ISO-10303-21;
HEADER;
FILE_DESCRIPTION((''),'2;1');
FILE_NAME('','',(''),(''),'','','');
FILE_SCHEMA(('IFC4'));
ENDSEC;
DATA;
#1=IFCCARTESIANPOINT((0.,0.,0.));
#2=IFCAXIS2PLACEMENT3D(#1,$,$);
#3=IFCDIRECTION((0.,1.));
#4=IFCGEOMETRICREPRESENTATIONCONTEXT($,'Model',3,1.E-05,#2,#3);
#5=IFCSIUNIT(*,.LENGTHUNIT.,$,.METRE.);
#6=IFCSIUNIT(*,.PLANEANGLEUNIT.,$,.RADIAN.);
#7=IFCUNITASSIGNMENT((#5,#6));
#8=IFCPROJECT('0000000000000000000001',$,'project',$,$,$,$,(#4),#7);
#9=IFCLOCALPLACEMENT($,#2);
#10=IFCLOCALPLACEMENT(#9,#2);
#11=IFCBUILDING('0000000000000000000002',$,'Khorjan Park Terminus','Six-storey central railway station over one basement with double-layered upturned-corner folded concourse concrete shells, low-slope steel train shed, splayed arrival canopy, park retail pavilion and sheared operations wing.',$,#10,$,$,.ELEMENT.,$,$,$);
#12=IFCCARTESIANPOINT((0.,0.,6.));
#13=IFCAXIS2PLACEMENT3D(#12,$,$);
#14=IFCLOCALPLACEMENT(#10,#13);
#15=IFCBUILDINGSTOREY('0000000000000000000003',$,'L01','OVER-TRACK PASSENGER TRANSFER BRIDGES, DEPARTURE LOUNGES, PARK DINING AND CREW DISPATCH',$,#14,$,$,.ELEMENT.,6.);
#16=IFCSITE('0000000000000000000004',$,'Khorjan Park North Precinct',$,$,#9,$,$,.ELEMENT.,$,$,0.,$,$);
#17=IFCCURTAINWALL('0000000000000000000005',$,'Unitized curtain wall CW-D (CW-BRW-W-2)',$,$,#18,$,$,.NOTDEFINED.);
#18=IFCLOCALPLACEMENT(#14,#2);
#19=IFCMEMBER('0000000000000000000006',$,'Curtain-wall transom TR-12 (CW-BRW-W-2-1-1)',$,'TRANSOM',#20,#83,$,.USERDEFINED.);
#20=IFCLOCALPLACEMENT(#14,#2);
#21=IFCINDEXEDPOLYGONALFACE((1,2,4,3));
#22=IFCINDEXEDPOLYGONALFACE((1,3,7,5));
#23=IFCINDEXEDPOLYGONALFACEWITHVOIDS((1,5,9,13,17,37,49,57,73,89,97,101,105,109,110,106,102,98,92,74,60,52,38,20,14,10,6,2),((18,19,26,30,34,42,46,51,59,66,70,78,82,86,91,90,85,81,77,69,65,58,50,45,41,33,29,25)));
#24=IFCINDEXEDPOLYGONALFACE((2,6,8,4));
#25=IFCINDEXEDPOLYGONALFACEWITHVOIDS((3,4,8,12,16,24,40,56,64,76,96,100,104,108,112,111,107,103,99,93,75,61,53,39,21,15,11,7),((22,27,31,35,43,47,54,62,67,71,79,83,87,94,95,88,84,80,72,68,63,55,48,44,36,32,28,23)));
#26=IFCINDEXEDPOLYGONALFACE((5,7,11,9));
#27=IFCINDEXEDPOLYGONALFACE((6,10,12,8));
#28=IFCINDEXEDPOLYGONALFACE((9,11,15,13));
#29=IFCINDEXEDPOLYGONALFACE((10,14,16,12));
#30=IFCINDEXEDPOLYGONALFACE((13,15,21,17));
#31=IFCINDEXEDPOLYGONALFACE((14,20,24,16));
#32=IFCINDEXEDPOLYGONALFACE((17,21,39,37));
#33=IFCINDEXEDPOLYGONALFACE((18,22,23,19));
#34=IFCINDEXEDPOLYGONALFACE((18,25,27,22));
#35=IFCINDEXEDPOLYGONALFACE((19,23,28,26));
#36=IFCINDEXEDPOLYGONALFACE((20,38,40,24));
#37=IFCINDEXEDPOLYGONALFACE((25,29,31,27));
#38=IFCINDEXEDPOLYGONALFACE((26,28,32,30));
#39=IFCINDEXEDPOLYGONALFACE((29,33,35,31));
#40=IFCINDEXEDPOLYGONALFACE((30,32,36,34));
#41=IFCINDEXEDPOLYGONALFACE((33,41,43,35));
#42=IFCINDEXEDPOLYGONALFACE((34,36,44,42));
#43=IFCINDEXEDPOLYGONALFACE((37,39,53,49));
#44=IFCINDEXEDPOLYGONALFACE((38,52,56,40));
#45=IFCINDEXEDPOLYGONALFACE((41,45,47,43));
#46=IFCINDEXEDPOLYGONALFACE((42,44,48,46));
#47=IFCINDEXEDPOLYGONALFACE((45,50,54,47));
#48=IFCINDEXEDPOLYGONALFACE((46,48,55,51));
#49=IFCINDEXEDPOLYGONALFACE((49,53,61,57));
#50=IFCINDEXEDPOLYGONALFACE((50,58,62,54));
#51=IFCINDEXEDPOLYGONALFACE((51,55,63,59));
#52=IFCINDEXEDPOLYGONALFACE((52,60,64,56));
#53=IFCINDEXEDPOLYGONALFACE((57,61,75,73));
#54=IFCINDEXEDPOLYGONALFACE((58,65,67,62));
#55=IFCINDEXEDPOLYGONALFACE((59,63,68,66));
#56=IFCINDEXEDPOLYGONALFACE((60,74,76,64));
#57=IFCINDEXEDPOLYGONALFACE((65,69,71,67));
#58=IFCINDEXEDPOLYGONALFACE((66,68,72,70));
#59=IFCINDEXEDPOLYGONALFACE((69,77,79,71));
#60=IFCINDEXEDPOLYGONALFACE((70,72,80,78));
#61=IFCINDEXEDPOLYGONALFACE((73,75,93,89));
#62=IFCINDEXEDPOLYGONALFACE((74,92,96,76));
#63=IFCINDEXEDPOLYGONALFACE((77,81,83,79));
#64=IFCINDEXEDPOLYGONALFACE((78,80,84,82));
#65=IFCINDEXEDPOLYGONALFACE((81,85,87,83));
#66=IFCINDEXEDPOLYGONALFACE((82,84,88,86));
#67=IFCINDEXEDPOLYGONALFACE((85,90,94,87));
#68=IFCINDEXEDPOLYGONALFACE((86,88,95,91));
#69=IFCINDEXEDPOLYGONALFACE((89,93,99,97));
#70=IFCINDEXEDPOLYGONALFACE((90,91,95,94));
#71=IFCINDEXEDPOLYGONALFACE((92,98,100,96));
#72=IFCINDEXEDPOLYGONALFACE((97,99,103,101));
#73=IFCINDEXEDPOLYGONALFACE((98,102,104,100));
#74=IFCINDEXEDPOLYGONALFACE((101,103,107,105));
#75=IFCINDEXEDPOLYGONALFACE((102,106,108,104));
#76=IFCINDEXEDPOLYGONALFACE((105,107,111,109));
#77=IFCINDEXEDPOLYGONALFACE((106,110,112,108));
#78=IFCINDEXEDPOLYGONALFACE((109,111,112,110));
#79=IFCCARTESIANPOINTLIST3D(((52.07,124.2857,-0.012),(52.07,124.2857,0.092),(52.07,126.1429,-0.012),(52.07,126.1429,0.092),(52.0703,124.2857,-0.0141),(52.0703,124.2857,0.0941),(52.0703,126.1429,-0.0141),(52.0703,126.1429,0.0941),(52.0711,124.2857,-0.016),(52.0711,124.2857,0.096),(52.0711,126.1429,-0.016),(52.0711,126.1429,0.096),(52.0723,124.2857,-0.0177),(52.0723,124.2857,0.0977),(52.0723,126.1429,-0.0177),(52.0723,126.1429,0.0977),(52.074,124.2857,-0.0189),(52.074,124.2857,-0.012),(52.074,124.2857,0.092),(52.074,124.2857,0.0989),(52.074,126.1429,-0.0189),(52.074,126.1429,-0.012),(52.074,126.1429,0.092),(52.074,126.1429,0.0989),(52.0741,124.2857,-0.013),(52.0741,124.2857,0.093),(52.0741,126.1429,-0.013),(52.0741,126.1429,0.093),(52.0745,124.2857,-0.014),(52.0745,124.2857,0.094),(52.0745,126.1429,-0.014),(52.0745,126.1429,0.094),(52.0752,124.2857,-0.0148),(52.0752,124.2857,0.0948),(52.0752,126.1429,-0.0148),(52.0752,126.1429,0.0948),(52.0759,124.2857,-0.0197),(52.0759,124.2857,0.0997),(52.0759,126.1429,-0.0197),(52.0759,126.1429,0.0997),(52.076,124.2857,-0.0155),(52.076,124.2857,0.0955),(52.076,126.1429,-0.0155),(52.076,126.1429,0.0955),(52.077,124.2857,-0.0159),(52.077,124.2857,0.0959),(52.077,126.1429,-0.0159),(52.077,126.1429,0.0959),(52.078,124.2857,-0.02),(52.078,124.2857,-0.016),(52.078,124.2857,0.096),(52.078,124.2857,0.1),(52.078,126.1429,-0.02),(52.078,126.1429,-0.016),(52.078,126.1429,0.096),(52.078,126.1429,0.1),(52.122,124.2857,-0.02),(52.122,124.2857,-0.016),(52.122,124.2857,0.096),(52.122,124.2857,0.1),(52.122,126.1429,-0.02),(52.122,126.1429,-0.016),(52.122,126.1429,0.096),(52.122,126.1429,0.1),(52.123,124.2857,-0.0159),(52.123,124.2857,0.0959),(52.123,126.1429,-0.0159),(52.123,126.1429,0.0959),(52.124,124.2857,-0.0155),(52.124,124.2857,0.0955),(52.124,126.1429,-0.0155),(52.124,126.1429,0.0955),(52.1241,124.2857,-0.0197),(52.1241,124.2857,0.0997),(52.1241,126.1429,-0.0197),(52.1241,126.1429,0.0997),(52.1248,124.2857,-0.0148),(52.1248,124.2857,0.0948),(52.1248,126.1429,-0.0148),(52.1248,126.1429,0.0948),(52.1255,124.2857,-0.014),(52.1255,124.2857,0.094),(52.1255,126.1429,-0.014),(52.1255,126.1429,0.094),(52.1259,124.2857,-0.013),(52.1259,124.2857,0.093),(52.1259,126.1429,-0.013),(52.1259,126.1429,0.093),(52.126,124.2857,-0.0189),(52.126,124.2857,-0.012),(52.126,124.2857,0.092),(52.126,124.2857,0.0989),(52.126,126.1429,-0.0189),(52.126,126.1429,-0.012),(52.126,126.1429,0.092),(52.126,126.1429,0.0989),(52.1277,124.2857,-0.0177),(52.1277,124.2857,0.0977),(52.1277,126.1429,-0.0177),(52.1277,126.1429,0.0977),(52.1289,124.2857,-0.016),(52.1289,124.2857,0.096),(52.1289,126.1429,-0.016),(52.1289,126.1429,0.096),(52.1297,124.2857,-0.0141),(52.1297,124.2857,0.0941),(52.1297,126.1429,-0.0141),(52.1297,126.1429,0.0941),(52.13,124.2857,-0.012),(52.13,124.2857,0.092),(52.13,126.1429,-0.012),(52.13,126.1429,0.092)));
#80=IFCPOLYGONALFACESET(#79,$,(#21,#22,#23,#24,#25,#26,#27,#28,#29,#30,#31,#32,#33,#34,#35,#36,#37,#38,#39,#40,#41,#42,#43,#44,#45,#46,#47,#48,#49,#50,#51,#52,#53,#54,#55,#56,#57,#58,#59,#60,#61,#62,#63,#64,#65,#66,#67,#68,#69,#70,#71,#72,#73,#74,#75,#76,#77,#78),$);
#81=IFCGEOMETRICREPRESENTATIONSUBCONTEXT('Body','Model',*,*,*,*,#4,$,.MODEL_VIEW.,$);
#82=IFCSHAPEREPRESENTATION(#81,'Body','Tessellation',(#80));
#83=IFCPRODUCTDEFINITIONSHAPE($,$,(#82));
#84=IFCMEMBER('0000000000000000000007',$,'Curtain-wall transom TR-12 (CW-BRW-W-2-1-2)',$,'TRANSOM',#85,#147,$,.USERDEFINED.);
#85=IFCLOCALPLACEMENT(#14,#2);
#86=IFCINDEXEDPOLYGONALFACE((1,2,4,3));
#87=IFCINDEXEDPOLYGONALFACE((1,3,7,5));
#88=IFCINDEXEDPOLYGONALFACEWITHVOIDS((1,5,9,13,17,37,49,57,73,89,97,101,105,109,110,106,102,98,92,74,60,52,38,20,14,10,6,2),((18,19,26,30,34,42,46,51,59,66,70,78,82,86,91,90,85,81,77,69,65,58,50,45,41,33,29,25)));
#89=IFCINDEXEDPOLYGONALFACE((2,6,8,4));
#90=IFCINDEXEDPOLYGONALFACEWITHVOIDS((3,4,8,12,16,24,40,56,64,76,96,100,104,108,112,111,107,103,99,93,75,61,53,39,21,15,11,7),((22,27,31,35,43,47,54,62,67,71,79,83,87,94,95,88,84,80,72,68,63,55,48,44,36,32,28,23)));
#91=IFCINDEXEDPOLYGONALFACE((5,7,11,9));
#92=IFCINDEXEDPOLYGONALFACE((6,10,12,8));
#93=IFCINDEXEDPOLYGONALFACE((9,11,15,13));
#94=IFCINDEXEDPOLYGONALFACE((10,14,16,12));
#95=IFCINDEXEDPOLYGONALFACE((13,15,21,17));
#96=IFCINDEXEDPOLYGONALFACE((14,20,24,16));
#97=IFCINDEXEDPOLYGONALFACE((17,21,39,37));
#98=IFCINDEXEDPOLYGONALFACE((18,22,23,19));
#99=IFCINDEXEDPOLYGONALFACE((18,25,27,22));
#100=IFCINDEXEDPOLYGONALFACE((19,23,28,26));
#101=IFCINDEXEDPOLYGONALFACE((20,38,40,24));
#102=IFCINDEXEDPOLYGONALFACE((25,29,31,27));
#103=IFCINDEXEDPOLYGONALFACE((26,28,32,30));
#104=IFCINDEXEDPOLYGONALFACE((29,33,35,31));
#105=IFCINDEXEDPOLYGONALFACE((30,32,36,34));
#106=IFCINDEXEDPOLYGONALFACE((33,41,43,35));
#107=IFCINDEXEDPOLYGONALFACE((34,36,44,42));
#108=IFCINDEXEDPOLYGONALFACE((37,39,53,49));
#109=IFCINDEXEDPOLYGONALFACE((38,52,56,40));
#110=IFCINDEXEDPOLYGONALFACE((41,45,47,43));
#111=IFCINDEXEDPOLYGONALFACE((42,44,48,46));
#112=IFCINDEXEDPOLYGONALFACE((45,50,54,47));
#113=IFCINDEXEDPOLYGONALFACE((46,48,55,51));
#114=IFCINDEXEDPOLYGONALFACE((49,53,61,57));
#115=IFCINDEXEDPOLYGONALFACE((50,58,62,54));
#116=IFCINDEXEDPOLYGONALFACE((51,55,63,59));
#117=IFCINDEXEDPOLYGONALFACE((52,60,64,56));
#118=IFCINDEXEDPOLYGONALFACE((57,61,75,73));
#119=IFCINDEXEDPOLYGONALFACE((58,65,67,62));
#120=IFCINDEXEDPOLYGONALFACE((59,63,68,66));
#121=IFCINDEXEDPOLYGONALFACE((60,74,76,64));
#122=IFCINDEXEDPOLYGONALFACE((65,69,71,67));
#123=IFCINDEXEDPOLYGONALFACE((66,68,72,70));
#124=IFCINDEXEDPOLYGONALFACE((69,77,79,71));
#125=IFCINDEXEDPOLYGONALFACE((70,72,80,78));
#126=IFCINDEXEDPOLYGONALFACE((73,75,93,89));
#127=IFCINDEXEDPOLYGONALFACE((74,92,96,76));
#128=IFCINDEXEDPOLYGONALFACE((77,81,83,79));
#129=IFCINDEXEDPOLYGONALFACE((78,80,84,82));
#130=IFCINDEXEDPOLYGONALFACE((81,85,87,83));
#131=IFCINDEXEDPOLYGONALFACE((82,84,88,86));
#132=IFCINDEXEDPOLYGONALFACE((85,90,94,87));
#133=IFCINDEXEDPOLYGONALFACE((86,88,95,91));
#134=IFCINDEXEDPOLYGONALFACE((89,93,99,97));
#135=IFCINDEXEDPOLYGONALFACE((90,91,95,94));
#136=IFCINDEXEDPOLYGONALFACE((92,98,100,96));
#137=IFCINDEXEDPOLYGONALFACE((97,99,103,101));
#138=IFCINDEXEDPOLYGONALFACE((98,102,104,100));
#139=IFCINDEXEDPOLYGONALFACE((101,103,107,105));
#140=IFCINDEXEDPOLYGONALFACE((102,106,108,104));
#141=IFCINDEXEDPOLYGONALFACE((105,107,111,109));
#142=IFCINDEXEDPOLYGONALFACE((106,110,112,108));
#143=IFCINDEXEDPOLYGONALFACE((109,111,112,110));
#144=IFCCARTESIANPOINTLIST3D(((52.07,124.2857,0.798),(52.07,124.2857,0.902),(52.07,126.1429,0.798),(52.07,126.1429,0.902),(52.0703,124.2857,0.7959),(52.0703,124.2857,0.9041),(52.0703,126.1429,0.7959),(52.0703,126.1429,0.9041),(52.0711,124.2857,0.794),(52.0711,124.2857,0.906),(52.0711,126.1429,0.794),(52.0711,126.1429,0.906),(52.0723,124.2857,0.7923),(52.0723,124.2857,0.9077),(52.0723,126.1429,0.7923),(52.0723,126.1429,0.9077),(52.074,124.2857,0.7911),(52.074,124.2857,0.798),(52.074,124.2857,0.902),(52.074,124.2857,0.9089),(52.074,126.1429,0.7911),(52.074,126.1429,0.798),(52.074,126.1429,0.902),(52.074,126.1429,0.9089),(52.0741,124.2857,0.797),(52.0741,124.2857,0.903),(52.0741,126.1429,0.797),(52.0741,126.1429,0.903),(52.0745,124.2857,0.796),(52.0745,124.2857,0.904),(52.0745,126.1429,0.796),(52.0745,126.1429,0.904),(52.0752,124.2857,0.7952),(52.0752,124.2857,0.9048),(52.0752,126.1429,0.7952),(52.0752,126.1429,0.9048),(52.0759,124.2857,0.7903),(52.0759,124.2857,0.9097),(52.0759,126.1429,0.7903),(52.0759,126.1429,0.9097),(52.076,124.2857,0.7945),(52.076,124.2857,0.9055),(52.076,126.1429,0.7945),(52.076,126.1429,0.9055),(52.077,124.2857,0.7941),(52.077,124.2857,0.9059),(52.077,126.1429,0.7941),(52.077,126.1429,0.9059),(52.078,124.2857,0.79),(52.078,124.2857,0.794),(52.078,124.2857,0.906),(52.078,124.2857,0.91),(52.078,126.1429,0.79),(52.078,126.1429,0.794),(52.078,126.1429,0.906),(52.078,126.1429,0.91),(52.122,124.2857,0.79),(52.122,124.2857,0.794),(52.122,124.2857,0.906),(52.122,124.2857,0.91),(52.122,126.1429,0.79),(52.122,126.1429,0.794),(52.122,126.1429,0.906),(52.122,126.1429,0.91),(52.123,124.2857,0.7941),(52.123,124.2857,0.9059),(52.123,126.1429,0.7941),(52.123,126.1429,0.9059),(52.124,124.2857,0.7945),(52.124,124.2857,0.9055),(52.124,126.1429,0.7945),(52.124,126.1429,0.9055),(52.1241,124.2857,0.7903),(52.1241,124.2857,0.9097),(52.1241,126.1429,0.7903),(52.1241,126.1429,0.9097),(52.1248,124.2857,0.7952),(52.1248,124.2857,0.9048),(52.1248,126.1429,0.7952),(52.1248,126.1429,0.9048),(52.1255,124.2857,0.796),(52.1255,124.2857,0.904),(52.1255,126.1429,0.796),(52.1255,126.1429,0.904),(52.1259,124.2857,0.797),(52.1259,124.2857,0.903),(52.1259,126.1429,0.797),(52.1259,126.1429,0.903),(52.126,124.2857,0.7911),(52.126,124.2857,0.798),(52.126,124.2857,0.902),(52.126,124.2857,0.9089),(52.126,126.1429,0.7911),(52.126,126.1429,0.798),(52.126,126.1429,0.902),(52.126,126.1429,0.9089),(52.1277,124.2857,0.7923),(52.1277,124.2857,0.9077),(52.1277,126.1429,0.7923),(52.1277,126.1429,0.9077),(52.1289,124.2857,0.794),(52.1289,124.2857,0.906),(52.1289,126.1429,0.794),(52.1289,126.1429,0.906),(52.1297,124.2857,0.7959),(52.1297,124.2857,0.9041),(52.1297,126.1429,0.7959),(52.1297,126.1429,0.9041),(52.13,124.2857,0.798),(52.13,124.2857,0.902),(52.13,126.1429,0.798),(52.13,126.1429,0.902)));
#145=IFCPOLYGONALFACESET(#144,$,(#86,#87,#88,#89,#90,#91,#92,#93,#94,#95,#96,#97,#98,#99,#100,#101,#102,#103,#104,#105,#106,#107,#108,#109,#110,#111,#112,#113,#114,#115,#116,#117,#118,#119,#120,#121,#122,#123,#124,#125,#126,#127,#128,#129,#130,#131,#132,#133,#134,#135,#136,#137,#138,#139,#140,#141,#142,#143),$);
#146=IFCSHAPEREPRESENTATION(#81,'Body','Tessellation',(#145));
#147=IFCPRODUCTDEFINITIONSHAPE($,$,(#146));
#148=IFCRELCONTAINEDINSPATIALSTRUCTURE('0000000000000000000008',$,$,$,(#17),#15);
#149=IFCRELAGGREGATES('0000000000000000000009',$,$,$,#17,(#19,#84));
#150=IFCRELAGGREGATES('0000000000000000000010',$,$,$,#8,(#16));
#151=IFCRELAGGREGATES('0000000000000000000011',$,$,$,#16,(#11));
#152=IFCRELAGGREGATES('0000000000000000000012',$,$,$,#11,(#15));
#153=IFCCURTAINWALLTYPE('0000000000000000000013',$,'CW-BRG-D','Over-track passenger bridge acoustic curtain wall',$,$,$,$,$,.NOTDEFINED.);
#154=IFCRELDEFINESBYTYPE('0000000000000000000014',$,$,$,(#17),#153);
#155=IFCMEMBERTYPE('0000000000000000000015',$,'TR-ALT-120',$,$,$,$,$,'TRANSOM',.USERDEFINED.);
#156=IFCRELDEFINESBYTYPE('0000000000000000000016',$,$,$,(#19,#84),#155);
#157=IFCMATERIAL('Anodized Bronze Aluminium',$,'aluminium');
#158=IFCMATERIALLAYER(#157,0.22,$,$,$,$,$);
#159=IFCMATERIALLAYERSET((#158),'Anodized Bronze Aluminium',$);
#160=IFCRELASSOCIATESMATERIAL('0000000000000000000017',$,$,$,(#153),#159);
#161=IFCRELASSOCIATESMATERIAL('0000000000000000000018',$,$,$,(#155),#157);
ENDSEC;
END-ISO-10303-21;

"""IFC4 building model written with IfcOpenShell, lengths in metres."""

from ifc_helpers import new_model, si_unit, direction, frame, origin, origin_2d, place, context, subcontext, project, spatial, hollow_rectangle, extrude, material, layer, layer_set, material_profile, profile_set, type_object, element, aggregate, save


model = new_model("IFC4")

# Units and contexts
model_context = context("Model", 3, precision=1e-05, world=origin(), true_north=direction((0.0, 1.0)))
body_context = subcontext(model_context, "Body", "Model", "MODEL_VIEW")
ifc_project = project(units=[si_unit("LENGTHUNIT", "METRE"), si_unit("PLANEANGLEUNIT", "RADIAN")], contexts=[model_context])

# Site, building, storey
site_placement = place(None, origin())
site = spatial("IfcSite", under=ifc_project, at=site_placement, Name="Khorjan Park North Precinct", CompositionType="ELEMENT", RefElevation=0.0)
building_placement = place(site_placement, origin())
building = spatial("IfcBuilding", under=site, at=building_placement, Name="Khorjan Park Terminus", Description="Six-storey central railway station over one basement with double-layered upturned-corner folded concourse concrete shells, low-slope steel train shed, splayed arrival canopy, park retail pavilion and sheared operations wing.", CompositionType="ELEMENT")
storey_placement = place(building_placement, frame((0.0, 0.0, 6.0)))
storey = spatial("IfcBuildingStorey", under=building, at=storey_placement, Name="L01", Description="OVER-TRACK PASSENGER TRANSFER BRIDGES, DEPARTURE LOUNGES, PARK DINING AND CREW DISPATCH", CompositionType="ELEMENT", Elevation=6.0)

# Curtain wall
ifc_material_1 = material(Name="Anodized Bronze Aluminium", Category="aluminium")
ifc_layer_1 = layer(ifc_material_1, 0.22)
ifc_layer_set_1 = layer_set([ifc_layer_1], Name="Anodized Bronze Aluminium")
curtain_wall_type = type_object("IfcCurtainWallType", Name="CW-BRG-D", Description="Over-track passenger bridge acoustic curtain wall", PredefinedType="NOTDEFINED", material=ifc_layer_set_1)
curtain_wall_1_placement = place(storey_placement, origin())
curtain_wall_1 = element("IfcCurtainWall", 1, at=curtain_wall_1_placement, inside=storey, type_object=curtain_wall_type, Name="Unitized curtain wall CW-D (CW-BRW-W-2)", PredefinedType="NOTDEFINED")

# Members
ifc_material_profile_1 = material_profile(ifc_material_1, hollow_rectangle(XDim=0.06, YDim=0.12, WallThickness=0.004, InnerFilletRadius=0.004, OuterFilletRadius=0.008, at=origin_2d()), Name="ALT 60x120x4")
ifc_profile_set_1 = profile_set([ifc_material_profile_1], Name="Anodized Bronze Aluminium")
member_type_1 = type_object("IfcMemberType", Name="TR-ALT-120", ElementType="TRANSOM", PredefinedType="USERDEFINED", material=ifc_profile_set_1)
member_1_placement = place(storey_placement, frame((52.1, 126.1429, 0.04), z_axis=(0.0, -1.0, 0.0), x_axis=(1.0, 0.0, 0.0)))
member_1 = element("IfcMember", 2, at=member_1_placement, type_object=member_type_1, Name="Curtain-wall transom TR-12 (CW-BRW-W-2-1-1)", ObjectType="TRANSOM", PredefinedType="USERDEFINED", context=body_context, shape_type="SweptSolid", body=[
    extrude(hollow_rectangle(XDim=0.06, YDim=0.12, WallThickness=0.004, InnerFilletRadius=0.004, OuterFilletRadius=0.008, at=origin_2d()), origin(), (0.0, 0.0, 1.0), 1.8572),
])
member_2_placement = place(storey_placement, frame((52.1, 126.1429, 0.85), z_axis=(0.0, -1.0, 0.0), x_axis=(1.0, 0.0, 0.0)))
member_2 = element("IfcMember", 3, at=member_2_placement, type_object=member_type_1, Name="Curtain-wall transom TR-12 (CW-BRW-W-2-1-2)", ObjectType="TRANSOM", PredefinedType="USERDEFINED", context=body_context, shape_type="SweptSolid", body=[
    extrude(hollow_rectangle(XDim=0.06, YDim=0.12, WallThickness=0.004, InnerFilletRadius=0.004, OuterFilletRadius=0.008, at=origin_2d()), origin(), (0.0, 0.0, 1.0), 1.8572),
])

aggregate(curtain_wall_1, [member_1, member_2])

save(model, "model.ifc")
